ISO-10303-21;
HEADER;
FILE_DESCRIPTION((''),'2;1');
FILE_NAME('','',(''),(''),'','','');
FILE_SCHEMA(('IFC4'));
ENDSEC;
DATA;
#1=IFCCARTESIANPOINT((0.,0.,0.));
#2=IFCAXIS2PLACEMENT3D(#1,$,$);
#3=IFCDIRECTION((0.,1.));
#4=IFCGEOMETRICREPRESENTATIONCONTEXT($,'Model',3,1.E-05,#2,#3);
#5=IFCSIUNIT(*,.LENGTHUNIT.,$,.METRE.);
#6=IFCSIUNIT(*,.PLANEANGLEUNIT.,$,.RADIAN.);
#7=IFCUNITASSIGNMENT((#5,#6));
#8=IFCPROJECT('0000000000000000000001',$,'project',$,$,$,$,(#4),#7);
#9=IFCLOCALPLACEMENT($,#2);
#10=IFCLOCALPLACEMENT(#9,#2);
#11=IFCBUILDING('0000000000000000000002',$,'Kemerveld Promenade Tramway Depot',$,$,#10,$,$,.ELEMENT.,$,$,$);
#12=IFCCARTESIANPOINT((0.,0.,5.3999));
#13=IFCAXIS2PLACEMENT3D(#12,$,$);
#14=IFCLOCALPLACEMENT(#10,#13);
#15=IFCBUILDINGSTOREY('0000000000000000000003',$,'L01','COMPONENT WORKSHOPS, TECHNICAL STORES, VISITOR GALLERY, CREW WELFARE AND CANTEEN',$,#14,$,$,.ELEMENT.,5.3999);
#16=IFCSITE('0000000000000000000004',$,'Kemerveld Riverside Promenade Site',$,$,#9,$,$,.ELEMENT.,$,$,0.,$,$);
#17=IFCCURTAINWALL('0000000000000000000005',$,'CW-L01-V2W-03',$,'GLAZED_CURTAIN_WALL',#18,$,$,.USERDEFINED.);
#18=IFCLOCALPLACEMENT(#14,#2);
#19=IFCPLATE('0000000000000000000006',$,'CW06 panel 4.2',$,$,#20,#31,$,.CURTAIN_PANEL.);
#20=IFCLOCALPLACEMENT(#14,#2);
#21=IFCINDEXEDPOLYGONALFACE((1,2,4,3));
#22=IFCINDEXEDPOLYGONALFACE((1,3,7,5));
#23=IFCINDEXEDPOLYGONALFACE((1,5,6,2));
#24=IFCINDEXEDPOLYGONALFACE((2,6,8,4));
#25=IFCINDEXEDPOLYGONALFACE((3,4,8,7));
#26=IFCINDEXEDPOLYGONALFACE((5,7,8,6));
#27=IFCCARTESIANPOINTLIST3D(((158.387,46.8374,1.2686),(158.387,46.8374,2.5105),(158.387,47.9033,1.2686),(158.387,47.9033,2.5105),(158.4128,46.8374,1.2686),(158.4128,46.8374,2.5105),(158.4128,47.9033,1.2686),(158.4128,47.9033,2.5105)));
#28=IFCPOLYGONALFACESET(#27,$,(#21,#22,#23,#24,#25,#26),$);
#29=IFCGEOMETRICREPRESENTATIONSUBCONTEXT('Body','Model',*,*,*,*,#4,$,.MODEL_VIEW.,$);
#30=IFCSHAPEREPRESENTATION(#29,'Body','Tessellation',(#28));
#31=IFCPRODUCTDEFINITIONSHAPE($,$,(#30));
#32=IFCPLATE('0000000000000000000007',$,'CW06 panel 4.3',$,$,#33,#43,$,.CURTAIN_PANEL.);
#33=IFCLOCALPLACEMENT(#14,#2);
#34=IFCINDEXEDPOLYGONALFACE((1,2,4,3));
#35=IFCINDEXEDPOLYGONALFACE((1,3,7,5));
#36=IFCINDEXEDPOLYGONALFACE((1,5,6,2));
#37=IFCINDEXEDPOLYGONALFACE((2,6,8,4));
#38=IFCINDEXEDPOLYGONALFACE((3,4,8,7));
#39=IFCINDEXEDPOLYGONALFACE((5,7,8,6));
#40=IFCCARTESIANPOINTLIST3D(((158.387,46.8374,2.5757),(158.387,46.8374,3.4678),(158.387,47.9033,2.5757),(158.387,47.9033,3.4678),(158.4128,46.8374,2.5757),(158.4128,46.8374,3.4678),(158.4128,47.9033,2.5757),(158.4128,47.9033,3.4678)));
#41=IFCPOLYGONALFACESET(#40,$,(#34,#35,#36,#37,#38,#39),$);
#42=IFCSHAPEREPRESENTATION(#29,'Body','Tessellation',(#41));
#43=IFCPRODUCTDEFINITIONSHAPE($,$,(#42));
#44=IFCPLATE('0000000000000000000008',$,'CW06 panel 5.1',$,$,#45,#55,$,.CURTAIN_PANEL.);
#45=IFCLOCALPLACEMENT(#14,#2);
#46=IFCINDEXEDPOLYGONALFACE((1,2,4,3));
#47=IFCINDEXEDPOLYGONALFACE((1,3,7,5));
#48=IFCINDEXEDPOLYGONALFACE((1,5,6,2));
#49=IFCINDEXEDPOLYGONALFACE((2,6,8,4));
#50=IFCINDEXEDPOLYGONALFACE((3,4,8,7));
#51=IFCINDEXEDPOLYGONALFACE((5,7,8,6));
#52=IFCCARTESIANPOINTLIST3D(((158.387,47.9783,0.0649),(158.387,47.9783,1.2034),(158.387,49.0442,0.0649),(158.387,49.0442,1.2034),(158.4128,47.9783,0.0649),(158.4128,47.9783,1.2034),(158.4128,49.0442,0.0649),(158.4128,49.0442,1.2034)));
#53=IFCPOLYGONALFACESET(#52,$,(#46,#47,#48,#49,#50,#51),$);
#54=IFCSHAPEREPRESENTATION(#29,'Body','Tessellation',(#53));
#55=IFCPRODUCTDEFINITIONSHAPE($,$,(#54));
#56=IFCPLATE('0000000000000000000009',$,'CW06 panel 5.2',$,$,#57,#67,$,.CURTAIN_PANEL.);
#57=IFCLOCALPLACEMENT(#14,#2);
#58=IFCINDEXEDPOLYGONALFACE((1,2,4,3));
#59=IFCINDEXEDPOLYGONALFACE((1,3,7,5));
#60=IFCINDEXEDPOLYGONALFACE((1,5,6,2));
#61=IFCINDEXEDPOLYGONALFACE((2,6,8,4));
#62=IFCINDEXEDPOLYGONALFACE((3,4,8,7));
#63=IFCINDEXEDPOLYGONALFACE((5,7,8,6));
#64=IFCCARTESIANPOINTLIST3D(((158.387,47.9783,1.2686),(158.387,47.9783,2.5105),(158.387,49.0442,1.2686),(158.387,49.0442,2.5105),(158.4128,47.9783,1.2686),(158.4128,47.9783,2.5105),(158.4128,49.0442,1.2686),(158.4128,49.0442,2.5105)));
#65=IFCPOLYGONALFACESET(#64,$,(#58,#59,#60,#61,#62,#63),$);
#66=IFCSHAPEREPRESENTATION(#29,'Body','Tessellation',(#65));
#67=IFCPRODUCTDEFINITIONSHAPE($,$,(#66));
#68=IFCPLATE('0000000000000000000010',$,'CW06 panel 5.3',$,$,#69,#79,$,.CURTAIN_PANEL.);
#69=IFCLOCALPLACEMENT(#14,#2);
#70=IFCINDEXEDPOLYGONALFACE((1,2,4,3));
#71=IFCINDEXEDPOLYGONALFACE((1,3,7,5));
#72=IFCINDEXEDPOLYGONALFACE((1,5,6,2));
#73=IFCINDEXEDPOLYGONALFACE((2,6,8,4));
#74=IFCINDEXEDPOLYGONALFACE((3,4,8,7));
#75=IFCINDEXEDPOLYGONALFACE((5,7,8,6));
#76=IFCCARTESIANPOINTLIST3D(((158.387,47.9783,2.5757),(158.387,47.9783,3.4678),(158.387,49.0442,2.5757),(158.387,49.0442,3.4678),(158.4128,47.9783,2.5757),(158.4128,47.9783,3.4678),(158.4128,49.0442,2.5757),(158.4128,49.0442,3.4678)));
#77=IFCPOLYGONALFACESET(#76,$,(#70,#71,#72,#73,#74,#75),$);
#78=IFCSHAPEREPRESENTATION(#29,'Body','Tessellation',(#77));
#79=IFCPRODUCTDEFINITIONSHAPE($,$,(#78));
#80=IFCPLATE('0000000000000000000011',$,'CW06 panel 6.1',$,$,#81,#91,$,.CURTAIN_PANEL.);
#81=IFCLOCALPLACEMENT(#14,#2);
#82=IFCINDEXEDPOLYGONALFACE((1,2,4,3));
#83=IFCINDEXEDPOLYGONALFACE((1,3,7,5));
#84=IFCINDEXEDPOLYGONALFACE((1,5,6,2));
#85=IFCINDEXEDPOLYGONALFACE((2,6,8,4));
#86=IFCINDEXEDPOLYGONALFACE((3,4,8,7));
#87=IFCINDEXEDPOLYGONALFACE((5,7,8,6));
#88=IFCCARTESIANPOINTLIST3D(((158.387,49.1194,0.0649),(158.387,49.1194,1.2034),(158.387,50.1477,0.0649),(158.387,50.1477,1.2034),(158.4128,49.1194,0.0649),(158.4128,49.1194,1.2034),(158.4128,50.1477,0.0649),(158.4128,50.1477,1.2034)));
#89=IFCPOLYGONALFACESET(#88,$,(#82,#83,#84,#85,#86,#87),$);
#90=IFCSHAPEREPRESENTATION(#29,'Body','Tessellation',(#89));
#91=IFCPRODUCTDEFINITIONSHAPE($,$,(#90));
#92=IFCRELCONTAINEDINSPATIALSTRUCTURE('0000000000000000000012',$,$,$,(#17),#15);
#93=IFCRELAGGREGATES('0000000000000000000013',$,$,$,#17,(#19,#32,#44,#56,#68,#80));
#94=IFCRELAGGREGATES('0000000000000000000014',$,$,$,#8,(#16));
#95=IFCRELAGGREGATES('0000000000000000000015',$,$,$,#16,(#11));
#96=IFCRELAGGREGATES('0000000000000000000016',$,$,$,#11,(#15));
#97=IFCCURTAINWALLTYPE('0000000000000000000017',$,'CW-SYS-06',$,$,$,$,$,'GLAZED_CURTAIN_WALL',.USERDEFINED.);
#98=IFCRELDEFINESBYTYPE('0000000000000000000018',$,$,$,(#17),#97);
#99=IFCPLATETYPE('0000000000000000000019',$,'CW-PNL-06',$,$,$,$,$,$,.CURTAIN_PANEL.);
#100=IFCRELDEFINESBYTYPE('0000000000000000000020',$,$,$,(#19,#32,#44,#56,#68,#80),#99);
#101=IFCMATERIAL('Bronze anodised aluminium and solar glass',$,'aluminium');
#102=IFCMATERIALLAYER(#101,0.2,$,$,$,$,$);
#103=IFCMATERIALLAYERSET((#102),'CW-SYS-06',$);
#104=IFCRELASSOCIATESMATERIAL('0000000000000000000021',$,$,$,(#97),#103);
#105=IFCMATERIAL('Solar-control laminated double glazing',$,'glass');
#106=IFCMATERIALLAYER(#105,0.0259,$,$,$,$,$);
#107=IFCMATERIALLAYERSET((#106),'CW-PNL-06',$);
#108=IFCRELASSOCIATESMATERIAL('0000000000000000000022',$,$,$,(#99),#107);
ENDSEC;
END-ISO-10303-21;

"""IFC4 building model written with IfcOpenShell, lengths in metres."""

from ifc_helpers import new_model, si_unit, direction, frame, origin, origin_2d, place, context, subcontext, project, spatial, rectangle, extrude, material, layer, layer_set, type_object, element, aggregate, save


model = new_model("IFC4")

# Units and contexts
model_context = context("Model", 3, precision=1e-05, world=origin(), true_north=direction((0.0, 1.0)))
body_context = subcontext(model_context, "Body", "Model", "MODEL_VIEW")
ifc_project = project(units=[si_unit("LENGTHUNIT", "METRE"), si_unit("PLANEANGLEUNIT", "RADIAN")], contexts=[model_context])

# Site, building, storey
site_placement = place(None, origin())
site = spatial("IfcSite", under=ifc_project, at=site_placement, Name="Kemerveld Riverside Promenade Site", CompositionType="ELEMENT", RefElevation=0.0)
building_placement = place(site_placement, origin())
building = spatial("IfcBuilding", under=site, at=building_placement, Name="Kemerveld Promenade Tramway Depot", CompositionType="ELEMENT")
storey_placement = place(building_placement, frame((0.0, 0.0, 5.3999)))
storey = spatial("IfcBuildingStorey", under=building, at=storey_placement, Name="L01", Description="COMPONENT WORKSHOPS, TECHNICAL STORES, VISITOR GALLERY, CREW WELFARE AND CANTEEN", CompositionType="ELEMENT", Elevation=5.3999)

# Curtain wall, plates
ifc_material_1 = material(Name="Bronze anodised aluminium and solar glass", Category="aluminium")
ifc_layer_1 = layer(ifc_material_1, 0.2)
ifc_layer_set_1 = layer_set([ifc_layer_1], Name="CW-SYS-06")
curtain_wall_type = type_object("IfcCurtainWallType", Name="CW-SYS-06", ElementType="GLAZED_CURTAIN_WALL", PredefinedType="USERDEFINED", material=ifc_layer_set_1)
curtain_wall_placement = place(storey_placement, origin())
curtain_wall = element("IfcCurtainWall", 1, at=curtain_wall_placement, inside=storey, type_object=curtain_wall_type, Name="CW-L01-V2W-03", ObjectType="GLAZED_CURTAIN_WALL", PredefinedType="USERDEFINED")
ifc_material_2 = material(Name="Solar-control laminated double glazing", Category="glass")
ifc_layer_2 = layer(ifc_material_2, 0.0259)
ifc_layer_set_2 = layer_set([ifc_layer_2], Name="CW-PNL-06")
plate_type = type_object("IfcPlateType", Name="CW-PNL-06", PredefinedType="CURTAIN_PANEL", material=ifc_layer_set_2)
plate_1_placement = place(storey_placement, frame((158.3999, 47.3704, 1.2686), z_axis=(0.0, 0.0, 1.0), x_axis=(0.0, 1.0, 0.0)))
plate_1 = element("IfcPlate", 2, at=plate_1_placement, type_object=plate_type, Name="CW06 panel 4.2", PredefinedType="CURTAIN_PANEL", context=body_context, shape_type="SweptSolid", body=[
    extrude(rectangle(XDim=1.0659, YDim=0.0259, at=origin_2d()), origin(), (0.0, 0.0, 1.0), 1.2419),
])
plate_2_placement = place(storey_placement, frame((158.3999, 47.3704, 2.5757), z_axis=(0.0, 0.0, 1.0), x_axis=(0.0, 1.0, 0.0)))
plate_2 = element("IfcPlate", 3, at=plate_2_placement, type_object=plate_type, Name="CW06 panel 4.3", PredefinedType="CURTAIN_PANEL", context=body_context, shape_type="SweptSolid", body=[
    extrude(rectangle(XDim=1.0659, YDim=0.0259, at=origin_2d()), origin(), (0.0, 0.0, 1.0), 0.8921),
])
plate_3_placement = place(storey_placement, frame((158.3999, 48.5112, 0.0649), z_axis=(0.0, 0.0, 1.0), x_axis=(0.0, 1.0, 0.0)))
plate_3 = element("IfcPlate", 4, at=plate_3_placement, type_object=plate_type, Name="CW06 panel 5.1", PredefinedType="CURTAIN_PANEL", context=body_context, shape_type="SweptSolid", body=[
    extrude(rectangle(XDim=1.0659, YDim=0.0259, at=origin_2d()), origin(), (0.0, 0.0, 1.0), 1.1384),
])
plate_4_placement = place(storey_placement, frame((158.3999, 48.5112, 1.2686), z_axis=(0.0, 0.0, 1.0), x_axis=(0.0, 1.0, 0.0)))
plate_4 = element("IfcPlate", 5, at=plate_4_placement, type_object=plate_type, Name="CW06 panel 5.2", PredefinedType="CURTAIN_PANEL", context=body_context, shape_type="SweptSolid", body=[
    extrude(rectangle(XDim=1.0659, YDim=0.0259, at=origin_2d()), origin(), (0.0, 0.0, 1.0), 1.2419),
])
plate_5_placement = place(storey_placement, frame((158.3999, 48.5112, 2.5757), z_axis=(0.0, 0.0, 1.0), x_axis=(0.0, 1.0, 0.0)))
plate_5 = element("IfcPlate", 6, at=plate_5_placement, type_object=plate_type, Name="CW06 panel 5.3", PredefinedType="CURTAIN_PANEL", context=body_context, shape_type="SweptSolid", body=[
    extrude(rectangle(XDim=1.0659, YDim=0.0259, at=origin_2d()), origin(), (0.0, 0.0, 1.0), 0.8921),
])
plate_6_placement = place(storey_placement, frame((158.3999, 49.6335, 0.0649), z_axis=(0.0, 0.0, 1.0), x_axis=(0.0, 1.0, 0.0)))
plate_6 = element("IfcPlate", 7, at=plate_6_placement, type_object=plate_type, Name="CW06 panel 6.1", PredefinedType="CURTAIN_PANEL", context=body_context, shape_type="SweptSolid", body=[
    extrude(rectangle(XDim=1.0283, YDim=0.0259, at=origin_2d()), origin(), (0.0, 0.0, 1.0), 1.1384),
])
aggregate(curtain_wall, [plate_1, plate_2, plate_3, plate_4, plate_5, plate_6])

save(model, "model.ifc")
